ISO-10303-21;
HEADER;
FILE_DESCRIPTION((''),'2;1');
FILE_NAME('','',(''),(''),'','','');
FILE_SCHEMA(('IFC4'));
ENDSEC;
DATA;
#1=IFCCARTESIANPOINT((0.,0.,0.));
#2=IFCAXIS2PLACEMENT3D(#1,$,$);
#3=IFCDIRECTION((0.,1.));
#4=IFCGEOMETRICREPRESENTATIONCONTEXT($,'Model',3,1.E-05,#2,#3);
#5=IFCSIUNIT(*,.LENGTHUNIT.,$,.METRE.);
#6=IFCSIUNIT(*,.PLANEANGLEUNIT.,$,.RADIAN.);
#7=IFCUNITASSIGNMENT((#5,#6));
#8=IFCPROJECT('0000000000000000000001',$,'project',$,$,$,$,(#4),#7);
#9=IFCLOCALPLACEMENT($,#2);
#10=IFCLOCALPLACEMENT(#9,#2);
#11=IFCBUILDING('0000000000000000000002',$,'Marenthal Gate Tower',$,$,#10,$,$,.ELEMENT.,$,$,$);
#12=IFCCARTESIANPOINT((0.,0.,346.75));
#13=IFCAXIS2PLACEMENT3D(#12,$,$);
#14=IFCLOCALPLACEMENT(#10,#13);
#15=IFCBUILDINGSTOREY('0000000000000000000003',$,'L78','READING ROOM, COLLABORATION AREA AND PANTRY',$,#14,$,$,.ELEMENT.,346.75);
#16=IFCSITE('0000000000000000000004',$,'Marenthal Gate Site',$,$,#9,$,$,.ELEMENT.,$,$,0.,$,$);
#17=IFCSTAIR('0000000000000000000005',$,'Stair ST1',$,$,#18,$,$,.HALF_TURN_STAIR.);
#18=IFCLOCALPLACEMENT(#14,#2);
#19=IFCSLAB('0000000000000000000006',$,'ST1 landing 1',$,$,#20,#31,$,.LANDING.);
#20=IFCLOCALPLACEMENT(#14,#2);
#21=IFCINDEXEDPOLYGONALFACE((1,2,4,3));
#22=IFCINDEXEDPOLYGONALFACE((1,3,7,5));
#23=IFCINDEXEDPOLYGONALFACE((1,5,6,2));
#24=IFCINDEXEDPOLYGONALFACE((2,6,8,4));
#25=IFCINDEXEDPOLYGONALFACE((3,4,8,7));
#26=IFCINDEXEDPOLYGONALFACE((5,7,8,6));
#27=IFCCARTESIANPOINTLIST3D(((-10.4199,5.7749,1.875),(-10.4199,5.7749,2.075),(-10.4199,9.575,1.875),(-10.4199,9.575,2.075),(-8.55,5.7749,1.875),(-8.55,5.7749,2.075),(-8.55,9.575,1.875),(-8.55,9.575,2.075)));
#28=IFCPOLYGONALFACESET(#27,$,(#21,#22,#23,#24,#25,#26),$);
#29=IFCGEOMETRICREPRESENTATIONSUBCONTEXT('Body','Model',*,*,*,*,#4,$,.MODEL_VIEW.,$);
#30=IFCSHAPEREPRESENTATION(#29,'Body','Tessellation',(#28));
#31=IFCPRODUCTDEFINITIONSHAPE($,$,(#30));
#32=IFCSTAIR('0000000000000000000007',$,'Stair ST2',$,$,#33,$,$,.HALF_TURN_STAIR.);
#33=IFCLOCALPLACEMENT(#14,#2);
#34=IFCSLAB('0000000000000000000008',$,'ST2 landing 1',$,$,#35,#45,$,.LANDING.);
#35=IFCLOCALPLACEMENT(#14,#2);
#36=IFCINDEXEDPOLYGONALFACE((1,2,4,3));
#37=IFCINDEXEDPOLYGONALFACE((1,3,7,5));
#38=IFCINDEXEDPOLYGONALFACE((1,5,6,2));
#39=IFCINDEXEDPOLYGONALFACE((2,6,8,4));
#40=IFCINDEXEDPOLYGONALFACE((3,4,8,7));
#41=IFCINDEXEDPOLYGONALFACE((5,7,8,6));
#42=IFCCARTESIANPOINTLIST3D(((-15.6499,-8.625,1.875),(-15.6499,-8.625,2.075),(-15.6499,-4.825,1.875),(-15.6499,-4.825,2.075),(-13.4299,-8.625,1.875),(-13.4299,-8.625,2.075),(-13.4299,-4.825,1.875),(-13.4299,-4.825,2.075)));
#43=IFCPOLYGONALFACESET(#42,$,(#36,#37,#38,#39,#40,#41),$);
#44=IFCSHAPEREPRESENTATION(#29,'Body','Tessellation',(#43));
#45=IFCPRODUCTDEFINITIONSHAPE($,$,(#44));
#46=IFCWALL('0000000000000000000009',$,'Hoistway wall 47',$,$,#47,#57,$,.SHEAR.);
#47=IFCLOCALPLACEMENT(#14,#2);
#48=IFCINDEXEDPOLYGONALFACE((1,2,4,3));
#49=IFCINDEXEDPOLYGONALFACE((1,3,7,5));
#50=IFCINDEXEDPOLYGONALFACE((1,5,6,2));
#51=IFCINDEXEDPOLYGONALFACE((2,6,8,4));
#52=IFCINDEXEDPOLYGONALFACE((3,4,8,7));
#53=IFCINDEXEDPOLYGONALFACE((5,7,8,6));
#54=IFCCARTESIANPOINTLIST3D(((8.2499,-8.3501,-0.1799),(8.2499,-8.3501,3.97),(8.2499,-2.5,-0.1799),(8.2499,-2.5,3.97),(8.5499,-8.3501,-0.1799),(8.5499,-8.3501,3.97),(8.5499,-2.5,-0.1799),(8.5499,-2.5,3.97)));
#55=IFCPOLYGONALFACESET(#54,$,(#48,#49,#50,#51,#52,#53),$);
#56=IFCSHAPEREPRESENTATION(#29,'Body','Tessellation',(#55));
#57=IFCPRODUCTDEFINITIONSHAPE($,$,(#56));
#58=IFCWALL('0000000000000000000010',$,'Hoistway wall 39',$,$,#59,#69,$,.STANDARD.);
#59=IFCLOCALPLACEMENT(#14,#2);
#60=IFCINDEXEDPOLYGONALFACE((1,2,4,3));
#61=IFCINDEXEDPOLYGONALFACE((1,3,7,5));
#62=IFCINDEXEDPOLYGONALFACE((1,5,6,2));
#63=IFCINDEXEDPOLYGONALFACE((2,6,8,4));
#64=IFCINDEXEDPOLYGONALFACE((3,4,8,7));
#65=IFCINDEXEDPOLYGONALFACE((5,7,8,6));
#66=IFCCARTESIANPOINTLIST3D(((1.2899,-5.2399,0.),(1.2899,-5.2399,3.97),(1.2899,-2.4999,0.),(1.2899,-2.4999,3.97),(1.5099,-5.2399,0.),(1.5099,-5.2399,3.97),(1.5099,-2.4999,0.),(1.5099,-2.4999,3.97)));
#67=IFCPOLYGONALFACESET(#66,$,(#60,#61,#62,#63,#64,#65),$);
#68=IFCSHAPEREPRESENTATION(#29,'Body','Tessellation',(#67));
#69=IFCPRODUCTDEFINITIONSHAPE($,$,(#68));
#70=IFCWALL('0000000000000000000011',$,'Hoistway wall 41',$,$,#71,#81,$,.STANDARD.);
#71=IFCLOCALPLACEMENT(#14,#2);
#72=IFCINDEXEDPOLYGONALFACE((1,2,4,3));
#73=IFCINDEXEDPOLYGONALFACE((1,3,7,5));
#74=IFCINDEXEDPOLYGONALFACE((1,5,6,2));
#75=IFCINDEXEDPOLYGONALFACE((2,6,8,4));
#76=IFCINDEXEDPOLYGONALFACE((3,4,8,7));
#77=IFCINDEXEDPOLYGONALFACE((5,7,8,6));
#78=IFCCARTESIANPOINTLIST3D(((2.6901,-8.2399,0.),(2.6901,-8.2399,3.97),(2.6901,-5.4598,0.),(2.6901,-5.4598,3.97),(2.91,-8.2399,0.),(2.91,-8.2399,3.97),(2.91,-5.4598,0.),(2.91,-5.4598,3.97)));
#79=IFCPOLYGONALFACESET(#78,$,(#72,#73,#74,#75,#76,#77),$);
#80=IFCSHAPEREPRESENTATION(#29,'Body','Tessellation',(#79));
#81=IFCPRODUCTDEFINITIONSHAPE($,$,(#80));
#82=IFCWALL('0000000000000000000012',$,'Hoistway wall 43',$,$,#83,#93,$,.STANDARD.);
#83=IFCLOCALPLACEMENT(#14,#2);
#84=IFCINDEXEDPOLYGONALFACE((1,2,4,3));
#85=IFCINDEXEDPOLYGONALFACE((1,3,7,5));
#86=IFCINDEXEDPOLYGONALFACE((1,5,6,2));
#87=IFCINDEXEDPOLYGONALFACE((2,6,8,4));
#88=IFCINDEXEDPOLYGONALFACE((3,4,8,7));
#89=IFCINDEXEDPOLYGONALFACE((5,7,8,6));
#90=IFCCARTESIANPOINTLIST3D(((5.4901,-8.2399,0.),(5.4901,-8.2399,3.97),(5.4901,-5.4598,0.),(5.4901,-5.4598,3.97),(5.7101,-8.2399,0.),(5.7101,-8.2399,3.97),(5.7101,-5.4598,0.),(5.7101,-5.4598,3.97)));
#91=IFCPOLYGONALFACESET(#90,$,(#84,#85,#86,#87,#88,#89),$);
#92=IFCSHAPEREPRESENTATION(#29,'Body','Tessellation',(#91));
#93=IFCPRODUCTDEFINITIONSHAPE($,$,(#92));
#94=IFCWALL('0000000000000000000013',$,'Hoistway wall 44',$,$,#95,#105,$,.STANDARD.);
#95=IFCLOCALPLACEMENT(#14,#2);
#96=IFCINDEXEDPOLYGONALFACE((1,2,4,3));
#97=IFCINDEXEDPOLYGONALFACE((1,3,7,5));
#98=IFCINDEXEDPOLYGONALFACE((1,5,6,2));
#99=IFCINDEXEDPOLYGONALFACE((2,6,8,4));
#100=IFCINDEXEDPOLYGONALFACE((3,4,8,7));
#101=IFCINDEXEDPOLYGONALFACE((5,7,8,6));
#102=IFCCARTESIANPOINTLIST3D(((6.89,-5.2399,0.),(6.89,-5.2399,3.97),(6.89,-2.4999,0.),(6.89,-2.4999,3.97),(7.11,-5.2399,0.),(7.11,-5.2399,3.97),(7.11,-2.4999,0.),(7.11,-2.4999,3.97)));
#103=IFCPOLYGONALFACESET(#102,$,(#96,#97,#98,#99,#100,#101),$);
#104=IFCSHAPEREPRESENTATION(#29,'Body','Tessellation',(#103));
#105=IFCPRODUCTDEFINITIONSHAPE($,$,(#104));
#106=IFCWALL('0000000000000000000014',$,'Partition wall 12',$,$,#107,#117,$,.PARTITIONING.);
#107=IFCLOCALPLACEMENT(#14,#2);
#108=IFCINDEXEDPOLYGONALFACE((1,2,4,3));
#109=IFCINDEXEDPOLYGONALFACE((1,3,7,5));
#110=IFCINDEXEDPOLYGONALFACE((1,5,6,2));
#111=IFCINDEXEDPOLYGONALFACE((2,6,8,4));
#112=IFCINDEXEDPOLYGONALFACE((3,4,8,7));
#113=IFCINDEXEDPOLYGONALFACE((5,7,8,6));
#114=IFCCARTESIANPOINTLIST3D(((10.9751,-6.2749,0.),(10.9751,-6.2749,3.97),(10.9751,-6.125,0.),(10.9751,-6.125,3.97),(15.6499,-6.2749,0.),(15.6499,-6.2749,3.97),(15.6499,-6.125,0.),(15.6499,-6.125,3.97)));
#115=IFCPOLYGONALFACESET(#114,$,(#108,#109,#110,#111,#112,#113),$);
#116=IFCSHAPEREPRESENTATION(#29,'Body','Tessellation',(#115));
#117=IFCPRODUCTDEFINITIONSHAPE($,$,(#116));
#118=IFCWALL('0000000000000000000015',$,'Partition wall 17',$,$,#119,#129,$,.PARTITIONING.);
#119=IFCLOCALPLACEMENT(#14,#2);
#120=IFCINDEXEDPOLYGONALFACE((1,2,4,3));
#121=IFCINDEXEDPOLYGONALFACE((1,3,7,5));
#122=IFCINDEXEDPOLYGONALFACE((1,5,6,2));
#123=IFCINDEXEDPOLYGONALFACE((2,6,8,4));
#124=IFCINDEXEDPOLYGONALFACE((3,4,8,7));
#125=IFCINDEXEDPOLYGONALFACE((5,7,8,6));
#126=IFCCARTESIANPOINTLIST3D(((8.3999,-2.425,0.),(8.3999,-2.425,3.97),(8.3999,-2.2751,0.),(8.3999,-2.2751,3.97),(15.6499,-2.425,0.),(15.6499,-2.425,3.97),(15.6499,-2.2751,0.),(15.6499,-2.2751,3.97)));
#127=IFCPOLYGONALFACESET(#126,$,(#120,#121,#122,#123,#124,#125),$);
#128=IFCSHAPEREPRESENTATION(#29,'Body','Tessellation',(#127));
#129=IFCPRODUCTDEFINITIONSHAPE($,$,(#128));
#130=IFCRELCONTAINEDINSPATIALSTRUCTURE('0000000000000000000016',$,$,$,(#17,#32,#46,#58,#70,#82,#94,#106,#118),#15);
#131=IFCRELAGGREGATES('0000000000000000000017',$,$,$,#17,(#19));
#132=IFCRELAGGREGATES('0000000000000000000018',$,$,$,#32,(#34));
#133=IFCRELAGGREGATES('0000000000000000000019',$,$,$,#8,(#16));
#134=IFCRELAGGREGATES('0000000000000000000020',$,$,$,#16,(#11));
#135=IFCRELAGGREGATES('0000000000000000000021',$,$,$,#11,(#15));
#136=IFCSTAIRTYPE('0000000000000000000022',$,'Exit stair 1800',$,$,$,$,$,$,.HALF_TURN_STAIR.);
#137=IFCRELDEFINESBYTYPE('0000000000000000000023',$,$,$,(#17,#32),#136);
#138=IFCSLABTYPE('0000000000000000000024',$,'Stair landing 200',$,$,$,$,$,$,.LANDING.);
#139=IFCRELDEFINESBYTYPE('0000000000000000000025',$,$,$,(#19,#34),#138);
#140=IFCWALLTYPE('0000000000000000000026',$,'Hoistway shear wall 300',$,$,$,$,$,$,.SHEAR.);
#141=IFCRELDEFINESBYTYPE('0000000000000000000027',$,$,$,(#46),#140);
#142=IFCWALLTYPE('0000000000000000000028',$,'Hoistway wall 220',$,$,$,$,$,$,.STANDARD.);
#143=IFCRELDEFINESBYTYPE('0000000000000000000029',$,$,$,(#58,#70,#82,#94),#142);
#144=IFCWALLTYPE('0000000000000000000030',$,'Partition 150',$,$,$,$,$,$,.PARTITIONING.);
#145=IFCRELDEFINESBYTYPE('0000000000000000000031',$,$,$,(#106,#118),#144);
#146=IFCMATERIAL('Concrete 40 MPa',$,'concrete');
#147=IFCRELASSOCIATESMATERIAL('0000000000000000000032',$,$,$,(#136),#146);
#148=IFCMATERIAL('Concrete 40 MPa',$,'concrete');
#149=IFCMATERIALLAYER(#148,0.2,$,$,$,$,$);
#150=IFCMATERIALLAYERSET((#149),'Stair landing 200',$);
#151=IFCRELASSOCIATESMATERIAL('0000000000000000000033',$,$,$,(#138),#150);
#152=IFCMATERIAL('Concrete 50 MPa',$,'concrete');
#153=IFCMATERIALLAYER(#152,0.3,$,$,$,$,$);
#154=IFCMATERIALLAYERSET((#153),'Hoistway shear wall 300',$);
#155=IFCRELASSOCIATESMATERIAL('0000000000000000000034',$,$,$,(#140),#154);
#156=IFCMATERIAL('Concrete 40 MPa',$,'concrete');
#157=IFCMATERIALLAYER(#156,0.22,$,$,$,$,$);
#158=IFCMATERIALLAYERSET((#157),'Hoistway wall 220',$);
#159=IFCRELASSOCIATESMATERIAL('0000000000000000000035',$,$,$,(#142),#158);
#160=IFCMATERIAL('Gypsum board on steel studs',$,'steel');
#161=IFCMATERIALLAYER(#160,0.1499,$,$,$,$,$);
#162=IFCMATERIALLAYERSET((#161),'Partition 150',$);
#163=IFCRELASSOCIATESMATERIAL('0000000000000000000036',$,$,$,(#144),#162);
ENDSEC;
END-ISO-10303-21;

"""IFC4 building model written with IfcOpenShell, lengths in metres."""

from ifc_helpers import new_model, si_unit, direction, frame, frame_2d, origin, place, context, subcontext, project, spatial, polyline, rectangle, outline, extrude, material, layer, layer_set, type_object, element, aggregate, save


model = new_model("IFC4")

# Units and contexts
model_context = context("Model", 3, precision=1e-05, world=origin(), true_north=direction((0.0, 1.0)))
body_context = subcontext(model_context, "Body", "Model", "MODEL_VIEW")
ifc_project = project(units=[si_unit("LENGTHUNIT", "METRE"), si_unit("PLANEANGLEUNIT", "RADIAN")], contexts=[model_context])

# Site, building, storey
site_placement = place(None, origin())
site = spatial("IfcSite", under=ifc_project, at=site_placement, Name="Marenthal Gate Site", CompositionType="ELEMENT", RefElevation=0.0)
building_placement = place(site_placement, origin())
building = spatial("IfcBuilding", under=site, at=building_placement, Name="Marenthal Gate Tower", CompositionType="ELEMENT")
storey_placement = place(building_placement, frame((0.0, 0.0, 346.75)))
storey = spatial("IfcBuildingStorey", under=building, at=storey_placement, Name="L78", Description="READING ROOM, COLLABORATION AREA AND PANTRY", CompositionType="ELEMENT", Elevation=346.75)

# Stairs, slabs
ifc_material_1 = material(Name="Concrete 40 MPa", Category="concrete")
stair_type = type_object("IfcStairType", Name="Exit stair 1800", PredefinedType="HALF_TURN_STAIR", material=ifc_material_1)
stair_1_placement = place(storey_placement, origin())
stair_1 = element("IfcStair", 1, at=stair_1_placement, inside=storey, type_object=stair_type, Name="Stair ST1", PredefinedType="HALF_TURN_STAIR")
ifc_material_2 = material(Name="Concrete 40 MPa", Category="concrete")
ifc_layer_1 = layer(ifc_material_2, 0.2)
ifc_layer_set_1 = layer_set([ifc_layer_1], Name="Stair landing 200")
slab_type_1 = type_object("IfcSlabType", Name="Stair landing 200", PredefinedType="LANDING", material=ifc_layer_set_1)
slab_1_placement = place(storey_placement, frame((0.0, 0.0, 1.875)))
slab_1 = element("IfcSlab", 2, at=slab_1_placement, type_object=slab_type_1, Name="ST1 landing 1", PredefinedType="LANDING", context=body_context, shape_type="SweptSolid", body=[
    extrude(outline(polyline([(-10.4199, 5.7749), (-8.55, 5.7749), (-8.55, 9.575), (-10.4199, 9.575), (-10.4199, 5.7749)])), origin(), (0.0, 0.0, 1.0), 0.2),
])
aggregate(stair_1, [slab_1])
stair_2_placement = place(storey_placement, origin())
stair_2 = element("IfcStair", 3, at=stair_2_placement, inside=storey, type_object=stair_type, Name="Stair ST2", PredefinedType="HALF_TURN_STAIR")
slab_2_placement = place(storey_placement, frame((0.0, 0.0, 1.875)))
slab_2 = element("IfcSlab", 4, at=slab_2_placement, type_object=slab_type_1, Name="ST2 landing 1", PredefinedType="LANDING", context=body_context, shape_type="SweptSolid", body=[
    extrude(outline(polyline([(-15.6499, -8.625), (-13.4299, -8.625), (-13.4299, -4.825), (-15.6499, -4.825), (-15.6499, -8.625)])), origin(), (0.0, 0.0, 1.0), 0.2),
])
aggregate(stair_2, [slab_2])

# Walls
ifc_material_3 = material(Name="Concrete 50 MPa", Category="concrete")
ifc_layer_2 = layer(ifc_material_3, 0.3)
ifc_layer_set_2 = layer_set([ifc_layer_2], Name="Hoistway shear wall 300")
wall_type_1 = type_object("IfcWallType", Name="Hoistway shear wall 300", PredefinedType="SHEAR", material=ifc_layer_set_2)
wall_1_placement = place(storey_placement, frame((8.3999, -8.3501, -0.1799), z_axis=(0.0, 0.0, 1.0), x_axis=(0.0, 1.0, 0.0)))
element("IfcWall", 5, at=wall_1_placement, inside=storey, type_object=wall_type_1, Name="Hoistway wall 47", PredefinedType="SHEAR", context=body_context, shape_type="SweptSolid", body=[
    extrude(rectangle(XDim=5.8501, YDim=0.3, at=frame_2d((2.925, 0.0))), origin(), (0.0, 0.0, 1.0), 4.1499),
])
ifc_material_4 = material(Name="Concrete 40 MPa", Category="concrete")
ifc_layer_3 = layer(ifc_material_4, 0.22)
ifc_layer_set_3 = layer_set([ifc_layer_3], Name="Hoistway wall 220")
wall_type_2 = type_object("IfcWallType", Name="Hoistway wall 220", PredefinedType="STANDARD", material=ifc_layer_set_3)
wall_2_placement = place(storey_placement, frame((1.3999, -5.24, 0.0), z_axis=(0.0, 0.0, 1.0), x_axis=(0.0, 1.0, 0.0)))
element("IfcWall", 6, at=wall_2_placement, inside=storey, type_object=wall_type_2, Name="Hoistway wall 39", PredefinedType="STANDARD", context=body_context, shape_type="SweptSolid", body=[
    extrude(rectangle(XDim=2.74, YDim=0.22, at=frame_2d((1.3701, 0.0))), origin(), (0.0, 0.0, 1.0), 3.97),
])
for number, where, z_axis, x_axis, name in (
    (7, (2.8, -8.24, 0.0), (0.0, 0.0, 1.0), (0.0, 1.0, 0.0), "Hoistway wall 41"),
    (8, (5.6001, -8.24, 0.0), (0.0, 0.0, 1.0), (0.0, 1.0, 0.0), "Hoistway wall 43"),
):
    element("IfcWall", number, at=place(storey_placement, frame(where, z_axis=z_axis, x_axis=x_axis)), inside=storey, type_object=wall_type_2, Name=name, PredefinedType="STANDARD", context=body_context, shape_type="SweptSolid", body=[
        extrude(rectangle(XDim=2.78, YDim=0.22, at=frame_2d((1.3901, 0.0))), origin(), (0.0, 0.0, 1.0), 3.97),
    ])
wall_3_placement = place(storey_placement, frame((7.0, -5.24, 0.0), z_axis=(0.0, 0.0, 1.0), x_axis=(0.0, 1.0, 0.0)))
element("IfcWall", 9, at=wall_3_placement, inside=storey, type_object=wall_type_2, Name="Hoistway wall 44", PredefinedType="STANDARD", context=body_context, shape_type="SweptSolid", body=[
    extrude(rectangle(XDim=2.74, YDim=0.22, at=frame_2d((1.3701, 0.0))), origin(), (0.0, 0.0, 1.0), 3.97),
])
ifc_material_5 = material(Name="Gypsum board on steel studs", Category="steel")
ifc_layer_4 = layer(ifc_material_5, 0.1499)
ifc_layer_set_4 = layer_set([ifc_layer_4], Name="Partition 150")
wall_type_3 = type_object("IfcWallType", Name="Partition 150", PredefinedType="PARTITIONING", material=ifc_layer_set_4)
wall_4_placement = place(storey_placement, frame((10.9751, -6.2, 0.0), z_axis=(0.0, 0.0, 1.0), x_axis=(1.0, 0.0, 0.0)))
element("IfcWall", 10, at=wall_4_placement, inside=storey, type_object=wall_type_3, Name="Partition wall 12", PredefinedType="PARTITIONING", context=body_context, shape_type="SweptSolid", body=[
    extrude(rectangle(XDim=4.6748, YDim=0.1499, at=frame_2d((2.3374, 0.0))), origin(), (0.0, 0.0, 1.0), 3.97),
])
wall_5_placement = place(storey_placement, frame((8.3999, -2.3501, 0.0), z_axis=(0.0, 0.0, 1.0), x_axis=(1.0, 0.0, 0.0)))
element("IfcWall", 11, at=wall_5_placement, inside=storey, type_object=wall_type_3, Name="Partition wall 17", PredefinedType="PARTITIONING", context=body_context, shape_type="SweptSolid", body=[
    extrude(rectangle(XDim=7.25, YDim=0.1499, at=frame_2d((3.625, 0.0))), origin(), (0.0, 0.0, 1.0), 3.97),
])

save(model, "model.ifc")
